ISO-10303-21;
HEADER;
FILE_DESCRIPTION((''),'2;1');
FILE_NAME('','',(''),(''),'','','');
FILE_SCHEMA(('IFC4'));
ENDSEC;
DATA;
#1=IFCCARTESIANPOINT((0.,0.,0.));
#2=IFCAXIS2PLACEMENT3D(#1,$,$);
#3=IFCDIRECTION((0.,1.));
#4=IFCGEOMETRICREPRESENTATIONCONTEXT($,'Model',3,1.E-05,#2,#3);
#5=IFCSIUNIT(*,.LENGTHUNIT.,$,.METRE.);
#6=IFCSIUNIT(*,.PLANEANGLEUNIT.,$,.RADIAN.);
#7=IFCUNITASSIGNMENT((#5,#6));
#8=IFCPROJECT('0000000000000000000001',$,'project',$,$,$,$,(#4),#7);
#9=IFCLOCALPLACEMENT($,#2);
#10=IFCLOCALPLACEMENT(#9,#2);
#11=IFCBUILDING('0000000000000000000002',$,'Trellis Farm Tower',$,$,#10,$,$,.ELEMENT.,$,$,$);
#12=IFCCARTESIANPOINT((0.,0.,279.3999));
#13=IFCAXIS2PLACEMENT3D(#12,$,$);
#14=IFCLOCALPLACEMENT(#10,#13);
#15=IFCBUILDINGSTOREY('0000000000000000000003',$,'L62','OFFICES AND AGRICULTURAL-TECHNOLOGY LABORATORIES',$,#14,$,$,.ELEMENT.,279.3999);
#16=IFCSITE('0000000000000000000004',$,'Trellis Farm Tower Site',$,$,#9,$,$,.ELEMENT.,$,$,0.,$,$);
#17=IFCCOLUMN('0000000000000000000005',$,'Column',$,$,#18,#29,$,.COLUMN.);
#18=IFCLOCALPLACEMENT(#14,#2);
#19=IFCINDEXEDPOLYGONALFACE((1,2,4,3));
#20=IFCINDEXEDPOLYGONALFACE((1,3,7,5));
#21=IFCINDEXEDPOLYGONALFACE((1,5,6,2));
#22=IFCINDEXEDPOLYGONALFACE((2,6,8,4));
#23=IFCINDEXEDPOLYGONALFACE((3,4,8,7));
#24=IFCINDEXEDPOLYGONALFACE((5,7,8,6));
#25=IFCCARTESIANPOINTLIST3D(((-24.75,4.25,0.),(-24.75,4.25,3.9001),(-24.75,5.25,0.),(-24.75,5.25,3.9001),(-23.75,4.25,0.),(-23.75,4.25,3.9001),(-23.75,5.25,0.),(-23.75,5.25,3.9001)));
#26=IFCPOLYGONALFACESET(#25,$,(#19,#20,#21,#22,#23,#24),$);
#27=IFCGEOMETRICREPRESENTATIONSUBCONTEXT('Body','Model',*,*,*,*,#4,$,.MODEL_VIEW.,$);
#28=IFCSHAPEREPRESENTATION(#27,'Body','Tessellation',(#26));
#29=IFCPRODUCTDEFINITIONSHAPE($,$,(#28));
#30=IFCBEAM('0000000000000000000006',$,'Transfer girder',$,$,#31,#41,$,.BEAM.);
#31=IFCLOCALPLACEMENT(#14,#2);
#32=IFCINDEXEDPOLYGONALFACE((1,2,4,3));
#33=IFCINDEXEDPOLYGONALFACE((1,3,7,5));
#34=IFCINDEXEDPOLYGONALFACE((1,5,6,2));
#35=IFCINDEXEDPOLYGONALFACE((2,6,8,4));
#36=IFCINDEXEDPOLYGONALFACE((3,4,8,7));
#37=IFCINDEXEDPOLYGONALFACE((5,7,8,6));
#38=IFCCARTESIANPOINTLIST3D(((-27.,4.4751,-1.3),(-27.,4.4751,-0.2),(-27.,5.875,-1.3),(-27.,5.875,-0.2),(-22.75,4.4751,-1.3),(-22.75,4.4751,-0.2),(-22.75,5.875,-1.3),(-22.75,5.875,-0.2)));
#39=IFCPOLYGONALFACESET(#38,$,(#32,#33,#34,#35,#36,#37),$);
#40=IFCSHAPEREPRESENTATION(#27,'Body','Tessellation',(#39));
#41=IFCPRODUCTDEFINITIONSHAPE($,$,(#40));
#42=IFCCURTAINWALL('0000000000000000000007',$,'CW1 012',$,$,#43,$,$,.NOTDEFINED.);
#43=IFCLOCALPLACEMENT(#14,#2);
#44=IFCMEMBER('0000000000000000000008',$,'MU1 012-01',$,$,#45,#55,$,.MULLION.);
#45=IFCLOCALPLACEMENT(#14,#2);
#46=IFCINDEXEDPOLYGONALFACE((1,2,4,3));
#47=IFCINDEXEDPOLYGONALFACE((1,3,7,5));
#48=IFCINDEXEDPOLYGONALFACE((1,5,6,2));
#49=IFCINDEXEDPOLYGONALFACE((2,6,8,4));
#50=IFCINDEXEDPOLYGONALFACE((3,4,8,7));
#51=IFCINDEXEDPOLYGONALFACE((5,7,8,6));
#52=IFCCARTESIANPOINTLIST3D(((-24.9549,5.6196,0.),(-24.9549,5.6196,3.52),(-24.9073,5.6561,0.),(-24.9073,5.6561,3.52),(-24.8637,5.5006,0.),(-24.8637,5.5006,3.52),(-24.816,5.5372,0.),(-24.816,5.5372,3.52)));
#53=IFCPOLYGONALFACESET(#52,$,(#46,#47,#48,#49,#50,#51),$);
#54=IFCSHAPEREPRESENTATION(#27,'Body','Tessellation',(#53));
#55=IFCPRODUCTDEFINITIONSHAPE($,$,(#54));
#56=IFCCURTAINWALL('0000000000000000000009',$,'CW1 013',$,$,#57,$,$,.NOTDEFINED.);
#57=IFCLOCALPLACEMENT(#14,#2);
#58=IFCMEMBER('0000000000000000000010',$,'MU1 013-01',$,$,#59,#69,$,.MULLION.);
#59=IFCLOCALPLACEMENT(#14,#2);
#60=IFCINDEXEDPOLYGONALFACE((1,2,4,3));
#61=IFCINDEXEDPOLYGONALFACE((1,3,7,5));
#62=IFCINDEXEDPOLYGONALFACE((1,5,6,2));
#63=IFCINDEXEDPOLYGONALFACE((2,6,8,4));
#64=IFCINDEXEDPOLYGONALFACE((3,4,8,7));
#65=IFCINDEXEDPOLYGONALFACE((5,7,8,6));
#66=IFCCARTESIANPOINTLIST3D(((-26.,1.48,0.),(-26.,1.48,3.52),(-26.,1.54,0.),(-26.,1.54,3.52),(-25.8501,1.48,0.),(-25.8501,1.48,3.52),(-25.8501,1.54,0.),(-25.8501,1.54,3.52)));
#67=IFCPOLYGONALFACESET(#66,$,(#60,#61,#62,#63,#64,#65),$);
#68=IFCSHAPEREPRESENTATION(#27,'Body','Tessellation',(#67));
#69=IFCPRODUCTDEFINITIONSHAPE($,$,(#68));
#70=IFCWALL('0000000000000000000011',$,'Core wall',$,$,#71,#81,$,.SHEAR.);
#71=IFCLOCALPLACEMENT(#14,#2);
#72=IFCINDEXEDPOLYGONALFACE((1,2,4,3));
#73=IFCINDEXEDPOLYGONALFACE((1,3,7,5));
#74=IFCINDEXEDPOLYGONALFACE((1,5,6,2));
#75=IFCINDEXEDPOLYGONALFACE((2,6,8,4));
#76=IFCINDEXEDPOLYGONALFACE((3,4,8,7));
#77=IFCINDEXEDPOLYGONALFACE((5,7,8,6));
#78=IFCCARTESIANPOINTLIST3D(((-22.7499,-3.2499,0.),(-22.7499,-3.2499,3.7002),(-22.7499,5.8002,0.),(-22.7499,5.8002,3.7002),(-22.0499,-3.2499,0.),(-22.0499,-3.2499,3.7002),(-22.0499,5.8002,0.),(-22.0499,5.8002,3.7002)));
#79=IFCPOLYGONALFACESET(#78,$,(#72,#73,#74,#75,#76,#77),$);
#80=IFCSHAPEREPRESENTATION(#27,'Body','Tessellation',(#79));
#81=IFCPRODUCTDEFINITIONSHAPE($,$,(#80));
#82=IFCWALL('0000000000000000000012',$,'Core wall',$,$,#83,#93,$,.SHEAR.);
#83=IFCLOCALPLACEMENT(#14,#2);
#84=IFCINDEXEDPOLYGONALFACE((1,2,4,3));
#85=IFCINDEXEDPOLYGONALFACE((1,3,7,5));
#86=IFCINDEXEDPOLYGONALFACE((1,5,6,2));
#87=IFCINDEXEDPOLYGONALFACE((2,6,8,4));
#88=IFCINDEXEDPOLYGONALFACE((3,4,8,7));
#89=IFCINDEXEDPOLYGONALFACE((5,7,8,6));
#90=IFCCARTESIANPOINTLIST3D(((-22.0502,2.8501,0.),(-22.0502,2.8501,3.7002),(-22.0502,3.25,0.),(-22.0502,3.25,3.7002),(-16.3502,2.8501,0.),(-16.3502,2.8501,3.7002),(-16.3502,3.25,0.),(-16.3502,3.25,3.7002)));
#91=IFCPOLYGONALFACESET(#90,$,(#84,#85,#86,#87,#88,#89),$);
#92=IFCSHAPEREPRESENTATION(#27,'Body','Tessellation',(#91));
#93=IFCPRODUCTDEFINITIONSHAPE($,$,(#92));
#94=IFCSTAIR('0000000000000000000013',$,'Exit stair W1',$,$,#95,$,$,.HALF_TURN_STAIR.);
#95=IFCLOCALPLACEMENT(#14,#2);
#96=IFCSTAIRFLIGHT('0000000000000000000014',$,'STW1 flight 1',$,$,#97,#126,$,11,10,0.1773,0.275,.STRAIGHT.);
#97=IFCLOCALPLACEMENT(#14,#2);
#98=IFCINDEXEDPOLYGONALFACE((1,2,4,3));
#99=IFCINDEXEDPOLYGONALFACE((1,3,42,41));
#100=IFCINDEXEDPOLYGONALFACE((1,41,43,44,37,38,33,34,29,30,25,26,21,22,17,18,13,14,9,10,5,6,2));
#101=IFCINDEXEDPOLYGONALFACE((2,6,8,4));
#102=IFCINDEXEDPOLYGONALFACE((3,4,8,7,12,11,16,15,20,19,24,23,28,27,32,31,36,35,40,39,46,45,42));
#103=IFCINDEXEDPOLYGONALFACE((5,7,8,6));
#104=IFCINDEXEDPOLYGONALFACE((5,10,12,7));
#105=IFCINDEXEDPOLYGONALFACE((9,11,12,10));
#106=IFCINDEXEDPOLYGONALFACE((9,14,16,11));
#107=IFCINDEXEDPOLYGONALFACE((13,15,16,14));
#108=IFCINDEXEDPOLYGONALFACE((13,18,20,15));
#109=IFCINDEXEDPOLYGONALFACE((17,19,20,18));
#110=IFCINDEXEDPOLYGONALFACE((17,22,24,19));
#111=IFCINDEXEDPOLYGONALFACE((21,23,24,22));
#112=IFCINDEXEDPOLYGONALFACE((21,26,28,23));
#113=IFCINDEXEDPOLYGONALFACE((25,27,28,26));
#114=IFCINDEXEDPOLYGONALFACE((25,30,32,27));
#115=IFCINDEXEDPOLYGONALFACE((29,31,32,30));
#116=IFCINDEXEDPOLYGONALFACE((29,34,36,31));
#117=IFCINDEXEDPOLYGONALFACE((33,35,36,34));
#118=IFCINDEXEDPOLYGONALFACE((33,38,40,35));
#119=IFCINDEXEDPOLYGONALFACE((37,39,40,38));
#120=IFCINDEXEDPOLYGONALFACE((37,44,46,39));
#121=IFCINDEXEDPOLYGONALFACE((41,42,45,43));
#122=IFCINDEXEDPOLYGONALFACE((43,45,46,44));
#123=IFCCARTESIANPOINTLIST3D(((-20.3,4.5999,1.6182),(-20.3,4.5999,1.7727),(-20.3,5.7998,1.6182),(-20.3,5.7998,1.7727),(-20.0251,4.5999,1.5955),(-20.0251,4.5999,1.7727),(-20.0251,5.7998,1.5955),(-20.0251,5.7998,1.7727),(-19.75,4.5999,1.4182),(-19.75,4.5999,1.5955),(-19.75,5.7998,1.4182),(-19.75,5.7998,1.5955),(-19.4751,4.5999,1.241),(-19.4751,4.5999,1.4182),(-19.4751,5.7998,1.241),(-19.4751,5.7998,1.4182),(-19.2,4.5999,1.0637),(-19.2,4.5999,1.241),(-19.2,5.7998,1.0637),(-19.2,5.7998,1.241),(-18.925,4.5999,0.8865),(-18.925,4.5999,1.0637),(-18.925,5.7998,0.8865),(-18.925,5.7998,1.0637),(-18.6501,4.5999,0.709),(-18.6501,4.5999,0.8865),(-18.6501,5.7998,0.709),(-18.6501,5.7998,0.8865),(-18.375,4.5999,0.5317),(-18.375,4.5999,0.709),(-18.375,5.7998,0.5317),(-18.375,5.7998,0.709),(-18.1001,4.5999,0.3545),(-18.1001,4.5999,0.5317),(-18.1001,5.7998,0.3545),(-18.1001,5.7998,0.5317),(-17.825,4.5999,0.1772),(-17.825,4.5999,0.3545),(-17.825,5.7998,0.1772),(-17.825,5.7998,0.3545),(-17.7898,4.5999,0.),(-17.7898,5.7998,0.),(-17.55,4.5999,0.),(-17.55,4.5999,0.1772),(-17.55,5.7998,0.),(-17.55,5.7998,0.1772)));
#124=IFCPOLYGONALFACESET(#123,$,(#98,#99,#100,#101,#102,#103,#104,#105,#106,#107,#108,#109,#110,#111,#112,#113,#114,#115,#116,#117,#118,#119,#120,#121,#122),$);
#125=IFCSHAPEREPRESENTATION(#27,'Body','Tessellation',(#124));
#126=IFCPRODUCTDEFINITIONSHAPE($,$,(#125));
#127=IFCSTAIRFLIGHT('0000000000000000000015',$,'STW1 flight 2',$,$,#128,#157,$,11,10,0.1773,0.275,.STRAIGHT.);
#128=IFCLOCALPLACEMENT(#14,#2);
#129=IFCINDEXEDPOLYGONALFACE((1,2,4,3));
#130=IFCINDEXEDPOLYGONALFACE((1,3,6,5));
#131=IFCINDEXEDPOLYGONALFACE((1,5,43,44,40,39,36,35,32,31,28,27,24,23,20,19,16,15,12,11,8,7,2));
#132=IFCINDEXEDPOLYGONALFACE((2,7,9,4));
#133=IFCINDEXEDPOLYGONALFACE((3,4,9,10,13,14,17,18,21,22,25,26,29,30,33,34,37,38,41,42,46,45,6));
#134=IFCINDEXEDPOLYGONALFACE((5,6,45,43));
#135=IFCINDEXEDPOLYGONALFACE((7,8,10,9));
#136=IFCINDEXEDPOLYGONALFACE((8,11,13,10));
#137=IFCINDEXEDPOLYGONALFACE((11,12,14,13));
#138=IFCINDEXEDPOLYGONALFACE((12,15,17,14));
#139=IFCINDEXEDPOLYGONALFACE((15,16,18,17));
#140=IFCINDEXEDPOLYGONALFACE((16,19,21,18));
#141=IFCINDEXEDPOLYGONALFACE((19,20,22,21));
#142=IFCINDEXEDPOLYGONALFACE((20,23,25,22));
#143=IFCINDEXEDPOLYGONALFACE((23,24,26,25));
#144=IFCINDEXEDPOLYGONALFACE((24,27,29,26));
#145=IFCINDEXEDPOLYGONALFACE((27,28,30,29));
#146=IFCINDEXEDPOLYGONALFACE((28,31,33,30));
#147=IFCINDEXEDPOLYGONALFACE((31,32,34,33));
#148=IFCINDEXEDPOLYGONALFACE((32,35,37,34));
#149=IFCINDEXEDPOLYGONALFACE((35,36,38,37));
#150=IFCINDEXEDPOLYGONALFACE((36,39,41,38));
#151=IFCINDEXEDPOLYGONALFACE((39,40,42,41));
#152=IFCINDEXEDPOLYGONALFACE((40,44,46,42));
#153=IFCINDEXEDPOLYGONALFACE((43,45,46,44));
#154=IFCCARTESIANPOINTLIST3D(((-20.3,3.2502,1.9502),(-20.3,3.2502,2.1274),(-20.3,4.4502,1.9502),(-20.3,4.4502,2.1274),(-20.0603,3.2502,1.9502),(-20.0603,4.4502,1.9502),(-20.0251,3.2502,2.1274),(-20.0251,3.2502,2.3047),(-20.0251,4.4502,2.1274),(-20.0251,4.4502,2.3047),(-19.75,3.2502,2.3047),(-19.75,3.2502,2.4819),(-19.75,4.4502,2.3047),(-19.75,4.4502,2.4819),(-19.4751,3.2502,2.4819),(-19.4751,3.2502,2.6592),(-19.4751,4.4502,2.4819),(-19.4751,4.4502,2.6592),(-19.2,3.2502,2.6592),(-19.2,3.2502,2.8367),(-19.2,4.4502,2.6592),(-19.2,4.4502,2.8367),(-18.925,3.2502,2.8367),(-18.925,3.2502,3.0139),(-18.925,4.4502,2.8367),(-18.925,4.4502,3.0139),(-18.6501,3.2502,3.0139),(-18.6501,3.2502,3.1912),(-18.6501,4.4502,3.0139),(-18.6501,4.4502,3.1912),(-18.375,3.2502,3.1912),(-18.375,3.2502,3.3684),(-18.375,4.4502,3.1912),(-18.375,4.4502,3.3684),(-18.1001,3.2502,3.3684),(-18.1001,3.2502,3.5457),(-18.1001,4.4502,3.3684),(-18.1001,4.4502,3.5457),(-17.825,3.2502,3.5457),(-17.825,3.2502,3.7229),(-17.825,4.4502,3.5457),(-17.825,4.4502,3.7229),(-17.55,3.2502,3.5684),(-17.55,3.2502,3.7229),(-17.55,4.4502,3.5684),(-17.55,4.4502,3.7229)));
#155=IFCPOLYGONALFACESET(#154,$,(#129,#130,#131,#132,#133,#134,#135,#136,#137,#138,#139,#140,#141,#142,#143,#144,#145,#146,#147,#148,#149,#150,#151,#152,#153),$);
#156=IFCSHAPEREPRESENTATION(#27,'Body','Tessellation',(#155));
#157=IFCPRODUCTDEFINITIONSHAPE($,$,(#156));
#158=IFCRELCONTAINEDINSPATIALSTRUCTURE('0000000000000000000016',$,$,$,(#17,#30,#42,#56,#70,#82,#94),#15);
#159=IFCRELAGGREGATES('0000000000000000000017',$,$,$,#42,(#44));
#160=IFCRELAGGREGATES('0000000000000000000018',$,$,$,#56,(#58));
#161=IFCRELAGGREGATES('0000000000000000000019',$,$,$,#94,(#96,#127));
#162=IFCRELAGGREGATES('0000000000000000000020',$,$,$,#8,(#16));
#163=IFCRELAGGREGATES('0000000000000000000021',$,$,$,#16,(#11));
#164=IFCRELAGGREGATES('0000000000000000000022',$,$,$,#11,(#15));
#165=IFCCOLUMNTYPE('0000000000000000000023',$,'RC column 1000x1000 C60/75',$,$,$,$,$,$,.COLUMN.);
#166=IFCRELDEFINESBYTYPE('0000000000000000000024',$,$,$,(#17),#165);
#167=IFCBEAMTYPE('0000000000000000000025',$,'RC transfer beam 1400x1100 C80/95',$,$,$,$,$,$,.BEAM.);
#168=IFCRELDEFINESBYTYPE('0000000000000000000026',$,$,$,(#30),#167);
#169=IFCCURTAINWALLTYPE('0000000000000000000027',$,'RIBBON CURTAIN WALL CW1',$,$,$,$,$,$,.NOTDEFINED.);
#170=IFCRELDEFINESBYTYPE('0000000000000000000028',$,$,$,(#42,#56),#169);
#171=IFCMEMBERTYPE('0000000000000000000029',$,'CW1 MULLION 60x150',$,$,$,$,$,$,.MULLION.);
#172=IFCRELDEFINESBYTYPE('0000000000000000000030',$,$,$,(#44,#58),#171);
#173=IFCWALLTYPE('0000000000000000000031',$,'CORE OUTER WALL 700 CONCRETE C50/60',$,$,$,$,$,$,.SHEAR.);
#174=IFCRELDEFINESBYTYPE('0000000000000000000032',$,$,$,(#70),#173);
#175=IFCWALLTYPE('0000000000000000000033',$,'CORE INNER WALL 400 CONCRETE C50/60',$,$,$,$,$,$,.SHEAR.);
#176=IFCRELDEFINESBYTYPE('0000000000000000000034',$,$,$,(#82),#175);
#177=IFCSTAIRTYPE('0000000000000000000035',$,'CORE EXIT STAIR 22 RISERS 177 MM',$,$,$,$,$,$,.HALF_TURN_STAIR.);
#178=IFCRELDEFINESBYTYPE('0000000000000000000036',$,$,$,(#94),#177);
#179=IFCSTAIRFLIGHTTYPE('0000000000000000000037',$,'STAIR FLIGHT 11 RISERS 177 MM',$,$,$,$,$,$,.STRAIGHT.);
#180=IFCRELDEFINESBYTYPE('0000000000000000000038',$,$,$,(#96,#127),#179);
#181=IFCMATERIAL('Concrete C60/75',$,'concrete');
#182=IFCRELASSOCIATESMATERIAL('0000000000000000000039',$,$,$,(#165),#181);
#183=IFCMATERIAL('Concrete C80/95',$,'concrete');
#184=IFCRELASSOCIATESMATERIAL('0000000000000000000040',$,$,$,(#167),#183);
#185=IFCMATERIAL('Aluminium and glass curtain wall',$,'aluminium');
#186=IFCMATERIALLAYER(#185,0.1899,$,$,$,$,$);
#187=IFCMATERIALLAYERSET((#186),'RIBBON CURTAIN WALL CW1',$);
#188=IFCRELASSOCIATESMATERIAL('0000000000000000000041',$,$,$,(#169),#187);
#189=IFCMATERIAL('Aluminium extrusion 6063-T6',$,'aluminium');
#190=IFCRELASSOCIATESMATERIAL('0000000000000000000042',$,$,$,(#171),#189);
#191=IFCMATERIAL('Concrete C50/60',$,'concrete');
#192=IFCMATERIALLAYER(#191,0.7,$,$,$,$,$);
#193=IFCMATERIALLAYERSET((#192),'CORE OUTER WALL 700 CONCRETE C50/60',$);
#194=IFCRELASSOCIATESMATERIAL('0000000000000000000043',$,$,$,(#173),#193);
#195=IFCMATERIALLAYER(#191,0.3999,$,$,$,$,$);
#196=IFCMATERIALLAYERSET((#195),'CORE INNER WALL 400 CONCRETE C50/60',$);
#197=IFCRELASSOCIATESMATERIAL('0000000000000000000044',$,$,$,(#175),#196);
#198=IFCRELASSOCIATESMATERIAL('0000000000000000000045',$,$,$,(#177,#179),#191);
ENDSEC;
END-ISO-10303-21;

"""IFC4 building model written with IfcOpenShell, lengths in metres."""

from ifc_helpers import new_model, si_unit, direction, frame, frame_2d, origin, origin_2d, place, context, subcontext, project, spatial, polyline, rectangle, outline, extrude, source, transform, mapped, material, layer, layer_set, material_profile, profile_set, type_object, element, aggregate, save


model = new_model("IFC4")

# Units and contexts
model_context = context("Model", 3, precision=1e-05, world=origin(), true_north=direction((0.0, 1.0)))
body_context = subcontext(model_context, "Body", "Model", "MODEL_VIEW")
ifc_project = project(units=[si_unit("LENGTHUNIT", "METRE"), si_unit("PLANEANGLEUNIT", "RADIAN")], contexts=[model_context])

# Site, building, storey
site_placement = place(None, origin())
site = spatial("IfcSite", under=ifc_project, at=site_placement, Name="Trellis Farm Tower Site", CompositionType="ELEMENT", RefElevation=0.0)
building_placement = place(site_placement, origin())
building = spatial("IfcBuilding", under=site, at=building_placement, Name="Trellis Farm Tower", CompositionType="ELEMENT")
storey_placement = place(building_placement, frame((0.0, 0.0, 279.3999)))
storey = spatial("IfcBuildingStorey", under=building, at=storey_placement, Name="L62", Description="OFFICES AND AGRICULTURAL-TECHNOLOGY LABORATORIES", CompositionType="ELEMENT", Elevation=279.3999)

# Column
ifc_material_1 = material(Name="Concrete C60/75", Category="concrete")
ifc_material_profile_1 = material_profile(ifc_material_1, rectangle(XDim=1.0, YDim=1.0, at=origin_2d()), Name="RC column 1000x1000 C60/75")
ifc_profile_set_1 = profile_set([ifc_material_profile_1], Name="Concrete C60/75")
column_type = type_object("IfcColumnType", Name="RC column 1000x1000 C60/75", PredefinedType="COLUMN", material=ifc_profile_set_1)
shared_shape_1 = source(origin(), body_context, "Body", "SweptSolid", [
    extrude(rectangle(XDim=1.0, YDim=1.0, at=origin_2d()), origin(), (0.0, 0.0, 1.0), 3.9001),
])
column_placement = place(storey_placement, frame((-24.25, 4.75, 0.0), z_axis=(0.0, 0.0, 1.0), x_axis=(1.0, 0.0, 0.0)))
element("IfcColumn", 1, at=column_placement, inside=storey, type_object=column_type, Name="Column", PredefinedType="COLUMN", context=body_context, shape_type="MappedRepresentation", body=[
    mapped(shared_shape_1, transform((0.0, 0.0, 0.0))),
])

# Beam
ifc_material_2 = material(Name="Concrete C80/95", Category="concrete")
ifc_material_profile_2 = material_profile(ifc_material_2, rectangle(XDim=1.3999, YDim=1.1001, at=origin_2d()), Name="RC transfer beam 1400x1100 C80/95")
ifc_profile_set_2 = profile_set([ifc_material_profile_2], Name="Concrete C80/95")
beam_type = type_object("IfcBeamType", Name="RC transfer beam 1400x1100 C80/95", PredefinedType="BEAM", material=ifc_profile_set_2)
beam_placement = place(storey_placement, frame((-27.0, 5.175, -0.75), z_axis=(1.0, 0.0, 0.0), x_axis=(0.0, 1.0, 0.0)))
element("IfcBeam", 2, at=beam_placement, inside=storey, type_object=beam_type, Name="Transfer girder", PredefinedType="BEAM", context=body_context, shape_type="SweptSolid", body=[
    extrude(rectangle(XDim=1.3999, YDim=1.1001, at=origin_2d()), origin(), (0.0, 0.0, 1.0), 4.25),
])

# Curtain walls, members
ifc_material_3 = material(Name="Aluminium and glass curtain wall", Category="aluminium")
ifc_layer_1 = layer(ifc_material_3, 0.1899)
ifc_layer_set_1 = layer_set([ifc_layer_1], Name="RIBBON CURTAIN WALL CW1")
curtain_wall_type = type_object("IfcCurtainWallType", Name="RIBBON CURTAIN WALL CW1", PredefinedType="NOTDEFINED", material=ifc_layer_set_1)
placement = place(storey_placement, origin())
curtain_wall_1 = element("IfcCurtainWall", 3, at=placement, inside=storey, type_object=curtain_wall_type, Name="CW1 012", PredefinedType="NOTDEFINED")
ifc_material_4 = material(Name="Aluminium extrusion 6063-T6", Category="aluminium")
ifc_material_profile_3 = material_profile(ifc_material_4, rectangle(XDim=0.0601, YDim=0.1499, at=origin_2d()), Name="MULLION 60x150")
ifc_profile_set_3 = profile_set([ifc_material_profile_3], Name="Aluminium extrusion 6063-T6")
member_type = type_object("IfcMemberType", Name="CW1 MULLION 60x150", PredefinedType="MULLION", material=ifc_profile_set_3)
shared_shape_2 = source(origin(), body_context, "Body", "SweptSolid", [
    extrude(rectangle(XDim=0.0601, YDim=0.1499, at=origin_2d()), origin(), (0.0, 0.0, 1.0), 3.52),
])
member_1_placement = place(storey_placement, frame((-24.8855, 5.5784, 0.0), z_axis=(0.0, 0.0, 1.0), x_axis=(-0.793353, -0.608761, 0.0)))
member_1 = element("IfcMember", 4, at=member_1_placement, type_object=member_type, Name="MU1 012-01", PredefinedType="MULLION", context=body_context, shape_type="MappedRepresentation", body=[
    mapped(shared_shape_2, transform((0.0, 0.0, 0.0))),
])
aggregate(curtain_wall_1, [member_1])
curtain_wall_2 = element("IfcCurtainWall", 5, at=placement, inside=storey, type_object=curtain_wall_type, Name="CW1 013", PredefinedType="NOTDEFINED")
member_2_placement = place(storey_placement, frame((-25.925, 1.51, 0.0), z_axis=(0.0, 0.0, 1.0), x_axis=(0.0, -1.0, 0.0)))
member_2 = element("IfcMember", 6, at=member_2_placement, type_object=member_type, Name="MU1 013-01", PredefinedType="MULLION", context=body_context, shape_type="MappedRepresentation", body=[
    mapped(shared_shape_2, transform((0.0, 0.0, 0.0))),
])
aggregate(curtain_wall_2, [member_2])

# Walls
ifc_material_5 = material(Name="Concrete C50/60", Category="concrete")
ifc_layer_2 = layer(ifc_material_5, 0.7)
ifc_layer_set_2 = layer_set([ifc_layer_2], Name="CORE OUTER WALL 700 CONCRETE C50/60")
wall_type_1 = type_object("IfcWallType", Name="CORE OUTER WALL 700 CONCRETE C50/60", PredefinedType="SHEAR", material=ifc_layer_set_2)
shared_shape_3 = source(origin(), body_context, "Body", "SweptSolid", [
    extrude(rectangle(XDim=9.05, YDim=0.7, at=frame_2d((4.5249, 0.0))), origin(), (0.0, 0.0, 1.0), 3.7002),
])
wall_1_placement = place(storey_placement, frame((-22.3999, 5.8, 0.0), z_axis=(0.0, 0.0, 1.0), x_axis=(0.0, -1.0, 0.0)))
element("IfcWall", 7, at=wall_1_placement, inside=storey, type_object=wall_type_1, Name="Core wall", PredefinedType="SHEAR", context=body_context, shape_type="MappedRepresentation", body=[
    mapped(shared_shape_3, transform((0.0, 0.0, 0.0))),
])
ifc_layer_3 = layer(ifc_material_5, 0.3999)
ifc_layer_set_3 = layer_set([ifc_layer_3], Name="CORE INNER WALL 400 CONCRETE C50/60")
wall_type_2 = type_object("IfcWallType", Name="CORE INNER WALL 400 CONCRETE C50/60", PredefinedType="SHEAR", material=ifc_layer_set_3)
shared_shape_4 = source(origin(), body_context, "Body", "SweptSolid", [
    extrude(rectangle(XDim=5.7, YDim=0.3999, at=frame_2d((2.8501, 0.0))), origin(), (0.0, 0.0, 1.0), 3.7002),
])
wall_2_placement = place(storey_placement, frame((-16.3501, 3.05, 0.0), z_axis=(0.0, 0.0, 1.0), x_axis=(-1.0, 0.0, 0.0)))
element("IfcWall", 8, at=wall_2_placement, inside=storey, type_object=wall_type_2, Name="Core wall", PredefinedType="SHEAR", context=body_context, shape_type="MappedRepresentation", body=[
    mapped(shared_shape_4, transform((0.0, 0.0, 0.0))),
])

# Stair, stair flights
stair_type = type_object("IfcStairType", Name="CORE EXIT STAIR 22 RISERS 177 MM", PredefinedType="HALF_TURN_STAIR", material=ifc_material_5)
stair_1 = element("IfcStair", 9, at=placement, inside=storey, type_object=stair_type, Name="Exit stair W1", PredefinedType="HALF_TURN_STAIR")
stair_flight_type = type_object("IfcStairFlightType", Name="STAIR FLIGHT 11 RISERS 177 MM", PredefinedType="STRAIGHT", material=ifc_material_5)
shared_shape_5 = source(origin(), body_context, "Body", "SweptSolid", [
    extrude(outline(polyline([(0.0, 0.0), (0.0, 0.1772), (0.2749, 0.1772), (0.2749, 0.3545), (0.55, 0.3545), (0.55, 0.5317), (0.825, 0.5317), (0.825, 0.709), (1.1001, 0.709), (1.1001, 0.8865), (1.375, 0.8865), (1.375, 1.0637), (1.6499, 1.0637), (1.6499, 1.241), (1.925, 1.241), (1.925, 1.4182), (2.2, 1.4182), (2.2, 1.5955), (2.4751, 1.5955), (2.4751, 1.7727), (2.75, 1.7727), (2.75, 1.95), (2.75, 1.6182), (0.2397, 0.0), (0.0, 0.0)])), frame((0.0, 0.6001, 0.0), z_axis=(0.0, -1.0, 0.0), x_axis=(1.0, 0.0, 0.0)), (0.0, 0.0, 1.0), 1.2),
])
stair_flight_1_placement = place(storey_placement, frame((-17.55, 5.2, 0.0), z_axis=(0.0, 0.0, 1.0), x_axis=(-1.0, 0.0, 0.0)))
stair_flight_1 = element("IfcStairFlight", 10, at=stair_flight_1_placement, type_object=stair_flight_type, Name="STW1 flight 1", NumberOfRisers=11, NumberOfTreads=10, PredefinedType="STRAIGHT", RiserHeight=0.1773, TreadLength=0.275, context=body_context, shape_type="MappedRepresentation", body=[
    mapped(shared_shape_5, transform((0.0, 0.0, 0.0))),
])
stair_flight_2_placement = place(storey_placement, frame((-20.3, 3.8501, 1.9502), z_axis=(0.0, 0.0, 1.0), x_axis=(1.0, 0.0, 0.0)))
stair_flight_2 = element("IfcStairFlight", 11, at=stair_flight_2_placement, type_object=stair_flight_type, Name="STW1 flight 2", NumberOfRisers=11, NumberOfTreads=10, PredefinedType="STRAIGHT", RiserHeight=0.1773, TreadLength=0.275, context=body_context, shape_type="MappedRepresentation", body=[
    mapped(shared_shape_5, transform((0.0, 0.0, 0.0))),
])
aggregate(stair_1, [stair_flight_1, stair_flight_2])

save(model, "model.ifc")
